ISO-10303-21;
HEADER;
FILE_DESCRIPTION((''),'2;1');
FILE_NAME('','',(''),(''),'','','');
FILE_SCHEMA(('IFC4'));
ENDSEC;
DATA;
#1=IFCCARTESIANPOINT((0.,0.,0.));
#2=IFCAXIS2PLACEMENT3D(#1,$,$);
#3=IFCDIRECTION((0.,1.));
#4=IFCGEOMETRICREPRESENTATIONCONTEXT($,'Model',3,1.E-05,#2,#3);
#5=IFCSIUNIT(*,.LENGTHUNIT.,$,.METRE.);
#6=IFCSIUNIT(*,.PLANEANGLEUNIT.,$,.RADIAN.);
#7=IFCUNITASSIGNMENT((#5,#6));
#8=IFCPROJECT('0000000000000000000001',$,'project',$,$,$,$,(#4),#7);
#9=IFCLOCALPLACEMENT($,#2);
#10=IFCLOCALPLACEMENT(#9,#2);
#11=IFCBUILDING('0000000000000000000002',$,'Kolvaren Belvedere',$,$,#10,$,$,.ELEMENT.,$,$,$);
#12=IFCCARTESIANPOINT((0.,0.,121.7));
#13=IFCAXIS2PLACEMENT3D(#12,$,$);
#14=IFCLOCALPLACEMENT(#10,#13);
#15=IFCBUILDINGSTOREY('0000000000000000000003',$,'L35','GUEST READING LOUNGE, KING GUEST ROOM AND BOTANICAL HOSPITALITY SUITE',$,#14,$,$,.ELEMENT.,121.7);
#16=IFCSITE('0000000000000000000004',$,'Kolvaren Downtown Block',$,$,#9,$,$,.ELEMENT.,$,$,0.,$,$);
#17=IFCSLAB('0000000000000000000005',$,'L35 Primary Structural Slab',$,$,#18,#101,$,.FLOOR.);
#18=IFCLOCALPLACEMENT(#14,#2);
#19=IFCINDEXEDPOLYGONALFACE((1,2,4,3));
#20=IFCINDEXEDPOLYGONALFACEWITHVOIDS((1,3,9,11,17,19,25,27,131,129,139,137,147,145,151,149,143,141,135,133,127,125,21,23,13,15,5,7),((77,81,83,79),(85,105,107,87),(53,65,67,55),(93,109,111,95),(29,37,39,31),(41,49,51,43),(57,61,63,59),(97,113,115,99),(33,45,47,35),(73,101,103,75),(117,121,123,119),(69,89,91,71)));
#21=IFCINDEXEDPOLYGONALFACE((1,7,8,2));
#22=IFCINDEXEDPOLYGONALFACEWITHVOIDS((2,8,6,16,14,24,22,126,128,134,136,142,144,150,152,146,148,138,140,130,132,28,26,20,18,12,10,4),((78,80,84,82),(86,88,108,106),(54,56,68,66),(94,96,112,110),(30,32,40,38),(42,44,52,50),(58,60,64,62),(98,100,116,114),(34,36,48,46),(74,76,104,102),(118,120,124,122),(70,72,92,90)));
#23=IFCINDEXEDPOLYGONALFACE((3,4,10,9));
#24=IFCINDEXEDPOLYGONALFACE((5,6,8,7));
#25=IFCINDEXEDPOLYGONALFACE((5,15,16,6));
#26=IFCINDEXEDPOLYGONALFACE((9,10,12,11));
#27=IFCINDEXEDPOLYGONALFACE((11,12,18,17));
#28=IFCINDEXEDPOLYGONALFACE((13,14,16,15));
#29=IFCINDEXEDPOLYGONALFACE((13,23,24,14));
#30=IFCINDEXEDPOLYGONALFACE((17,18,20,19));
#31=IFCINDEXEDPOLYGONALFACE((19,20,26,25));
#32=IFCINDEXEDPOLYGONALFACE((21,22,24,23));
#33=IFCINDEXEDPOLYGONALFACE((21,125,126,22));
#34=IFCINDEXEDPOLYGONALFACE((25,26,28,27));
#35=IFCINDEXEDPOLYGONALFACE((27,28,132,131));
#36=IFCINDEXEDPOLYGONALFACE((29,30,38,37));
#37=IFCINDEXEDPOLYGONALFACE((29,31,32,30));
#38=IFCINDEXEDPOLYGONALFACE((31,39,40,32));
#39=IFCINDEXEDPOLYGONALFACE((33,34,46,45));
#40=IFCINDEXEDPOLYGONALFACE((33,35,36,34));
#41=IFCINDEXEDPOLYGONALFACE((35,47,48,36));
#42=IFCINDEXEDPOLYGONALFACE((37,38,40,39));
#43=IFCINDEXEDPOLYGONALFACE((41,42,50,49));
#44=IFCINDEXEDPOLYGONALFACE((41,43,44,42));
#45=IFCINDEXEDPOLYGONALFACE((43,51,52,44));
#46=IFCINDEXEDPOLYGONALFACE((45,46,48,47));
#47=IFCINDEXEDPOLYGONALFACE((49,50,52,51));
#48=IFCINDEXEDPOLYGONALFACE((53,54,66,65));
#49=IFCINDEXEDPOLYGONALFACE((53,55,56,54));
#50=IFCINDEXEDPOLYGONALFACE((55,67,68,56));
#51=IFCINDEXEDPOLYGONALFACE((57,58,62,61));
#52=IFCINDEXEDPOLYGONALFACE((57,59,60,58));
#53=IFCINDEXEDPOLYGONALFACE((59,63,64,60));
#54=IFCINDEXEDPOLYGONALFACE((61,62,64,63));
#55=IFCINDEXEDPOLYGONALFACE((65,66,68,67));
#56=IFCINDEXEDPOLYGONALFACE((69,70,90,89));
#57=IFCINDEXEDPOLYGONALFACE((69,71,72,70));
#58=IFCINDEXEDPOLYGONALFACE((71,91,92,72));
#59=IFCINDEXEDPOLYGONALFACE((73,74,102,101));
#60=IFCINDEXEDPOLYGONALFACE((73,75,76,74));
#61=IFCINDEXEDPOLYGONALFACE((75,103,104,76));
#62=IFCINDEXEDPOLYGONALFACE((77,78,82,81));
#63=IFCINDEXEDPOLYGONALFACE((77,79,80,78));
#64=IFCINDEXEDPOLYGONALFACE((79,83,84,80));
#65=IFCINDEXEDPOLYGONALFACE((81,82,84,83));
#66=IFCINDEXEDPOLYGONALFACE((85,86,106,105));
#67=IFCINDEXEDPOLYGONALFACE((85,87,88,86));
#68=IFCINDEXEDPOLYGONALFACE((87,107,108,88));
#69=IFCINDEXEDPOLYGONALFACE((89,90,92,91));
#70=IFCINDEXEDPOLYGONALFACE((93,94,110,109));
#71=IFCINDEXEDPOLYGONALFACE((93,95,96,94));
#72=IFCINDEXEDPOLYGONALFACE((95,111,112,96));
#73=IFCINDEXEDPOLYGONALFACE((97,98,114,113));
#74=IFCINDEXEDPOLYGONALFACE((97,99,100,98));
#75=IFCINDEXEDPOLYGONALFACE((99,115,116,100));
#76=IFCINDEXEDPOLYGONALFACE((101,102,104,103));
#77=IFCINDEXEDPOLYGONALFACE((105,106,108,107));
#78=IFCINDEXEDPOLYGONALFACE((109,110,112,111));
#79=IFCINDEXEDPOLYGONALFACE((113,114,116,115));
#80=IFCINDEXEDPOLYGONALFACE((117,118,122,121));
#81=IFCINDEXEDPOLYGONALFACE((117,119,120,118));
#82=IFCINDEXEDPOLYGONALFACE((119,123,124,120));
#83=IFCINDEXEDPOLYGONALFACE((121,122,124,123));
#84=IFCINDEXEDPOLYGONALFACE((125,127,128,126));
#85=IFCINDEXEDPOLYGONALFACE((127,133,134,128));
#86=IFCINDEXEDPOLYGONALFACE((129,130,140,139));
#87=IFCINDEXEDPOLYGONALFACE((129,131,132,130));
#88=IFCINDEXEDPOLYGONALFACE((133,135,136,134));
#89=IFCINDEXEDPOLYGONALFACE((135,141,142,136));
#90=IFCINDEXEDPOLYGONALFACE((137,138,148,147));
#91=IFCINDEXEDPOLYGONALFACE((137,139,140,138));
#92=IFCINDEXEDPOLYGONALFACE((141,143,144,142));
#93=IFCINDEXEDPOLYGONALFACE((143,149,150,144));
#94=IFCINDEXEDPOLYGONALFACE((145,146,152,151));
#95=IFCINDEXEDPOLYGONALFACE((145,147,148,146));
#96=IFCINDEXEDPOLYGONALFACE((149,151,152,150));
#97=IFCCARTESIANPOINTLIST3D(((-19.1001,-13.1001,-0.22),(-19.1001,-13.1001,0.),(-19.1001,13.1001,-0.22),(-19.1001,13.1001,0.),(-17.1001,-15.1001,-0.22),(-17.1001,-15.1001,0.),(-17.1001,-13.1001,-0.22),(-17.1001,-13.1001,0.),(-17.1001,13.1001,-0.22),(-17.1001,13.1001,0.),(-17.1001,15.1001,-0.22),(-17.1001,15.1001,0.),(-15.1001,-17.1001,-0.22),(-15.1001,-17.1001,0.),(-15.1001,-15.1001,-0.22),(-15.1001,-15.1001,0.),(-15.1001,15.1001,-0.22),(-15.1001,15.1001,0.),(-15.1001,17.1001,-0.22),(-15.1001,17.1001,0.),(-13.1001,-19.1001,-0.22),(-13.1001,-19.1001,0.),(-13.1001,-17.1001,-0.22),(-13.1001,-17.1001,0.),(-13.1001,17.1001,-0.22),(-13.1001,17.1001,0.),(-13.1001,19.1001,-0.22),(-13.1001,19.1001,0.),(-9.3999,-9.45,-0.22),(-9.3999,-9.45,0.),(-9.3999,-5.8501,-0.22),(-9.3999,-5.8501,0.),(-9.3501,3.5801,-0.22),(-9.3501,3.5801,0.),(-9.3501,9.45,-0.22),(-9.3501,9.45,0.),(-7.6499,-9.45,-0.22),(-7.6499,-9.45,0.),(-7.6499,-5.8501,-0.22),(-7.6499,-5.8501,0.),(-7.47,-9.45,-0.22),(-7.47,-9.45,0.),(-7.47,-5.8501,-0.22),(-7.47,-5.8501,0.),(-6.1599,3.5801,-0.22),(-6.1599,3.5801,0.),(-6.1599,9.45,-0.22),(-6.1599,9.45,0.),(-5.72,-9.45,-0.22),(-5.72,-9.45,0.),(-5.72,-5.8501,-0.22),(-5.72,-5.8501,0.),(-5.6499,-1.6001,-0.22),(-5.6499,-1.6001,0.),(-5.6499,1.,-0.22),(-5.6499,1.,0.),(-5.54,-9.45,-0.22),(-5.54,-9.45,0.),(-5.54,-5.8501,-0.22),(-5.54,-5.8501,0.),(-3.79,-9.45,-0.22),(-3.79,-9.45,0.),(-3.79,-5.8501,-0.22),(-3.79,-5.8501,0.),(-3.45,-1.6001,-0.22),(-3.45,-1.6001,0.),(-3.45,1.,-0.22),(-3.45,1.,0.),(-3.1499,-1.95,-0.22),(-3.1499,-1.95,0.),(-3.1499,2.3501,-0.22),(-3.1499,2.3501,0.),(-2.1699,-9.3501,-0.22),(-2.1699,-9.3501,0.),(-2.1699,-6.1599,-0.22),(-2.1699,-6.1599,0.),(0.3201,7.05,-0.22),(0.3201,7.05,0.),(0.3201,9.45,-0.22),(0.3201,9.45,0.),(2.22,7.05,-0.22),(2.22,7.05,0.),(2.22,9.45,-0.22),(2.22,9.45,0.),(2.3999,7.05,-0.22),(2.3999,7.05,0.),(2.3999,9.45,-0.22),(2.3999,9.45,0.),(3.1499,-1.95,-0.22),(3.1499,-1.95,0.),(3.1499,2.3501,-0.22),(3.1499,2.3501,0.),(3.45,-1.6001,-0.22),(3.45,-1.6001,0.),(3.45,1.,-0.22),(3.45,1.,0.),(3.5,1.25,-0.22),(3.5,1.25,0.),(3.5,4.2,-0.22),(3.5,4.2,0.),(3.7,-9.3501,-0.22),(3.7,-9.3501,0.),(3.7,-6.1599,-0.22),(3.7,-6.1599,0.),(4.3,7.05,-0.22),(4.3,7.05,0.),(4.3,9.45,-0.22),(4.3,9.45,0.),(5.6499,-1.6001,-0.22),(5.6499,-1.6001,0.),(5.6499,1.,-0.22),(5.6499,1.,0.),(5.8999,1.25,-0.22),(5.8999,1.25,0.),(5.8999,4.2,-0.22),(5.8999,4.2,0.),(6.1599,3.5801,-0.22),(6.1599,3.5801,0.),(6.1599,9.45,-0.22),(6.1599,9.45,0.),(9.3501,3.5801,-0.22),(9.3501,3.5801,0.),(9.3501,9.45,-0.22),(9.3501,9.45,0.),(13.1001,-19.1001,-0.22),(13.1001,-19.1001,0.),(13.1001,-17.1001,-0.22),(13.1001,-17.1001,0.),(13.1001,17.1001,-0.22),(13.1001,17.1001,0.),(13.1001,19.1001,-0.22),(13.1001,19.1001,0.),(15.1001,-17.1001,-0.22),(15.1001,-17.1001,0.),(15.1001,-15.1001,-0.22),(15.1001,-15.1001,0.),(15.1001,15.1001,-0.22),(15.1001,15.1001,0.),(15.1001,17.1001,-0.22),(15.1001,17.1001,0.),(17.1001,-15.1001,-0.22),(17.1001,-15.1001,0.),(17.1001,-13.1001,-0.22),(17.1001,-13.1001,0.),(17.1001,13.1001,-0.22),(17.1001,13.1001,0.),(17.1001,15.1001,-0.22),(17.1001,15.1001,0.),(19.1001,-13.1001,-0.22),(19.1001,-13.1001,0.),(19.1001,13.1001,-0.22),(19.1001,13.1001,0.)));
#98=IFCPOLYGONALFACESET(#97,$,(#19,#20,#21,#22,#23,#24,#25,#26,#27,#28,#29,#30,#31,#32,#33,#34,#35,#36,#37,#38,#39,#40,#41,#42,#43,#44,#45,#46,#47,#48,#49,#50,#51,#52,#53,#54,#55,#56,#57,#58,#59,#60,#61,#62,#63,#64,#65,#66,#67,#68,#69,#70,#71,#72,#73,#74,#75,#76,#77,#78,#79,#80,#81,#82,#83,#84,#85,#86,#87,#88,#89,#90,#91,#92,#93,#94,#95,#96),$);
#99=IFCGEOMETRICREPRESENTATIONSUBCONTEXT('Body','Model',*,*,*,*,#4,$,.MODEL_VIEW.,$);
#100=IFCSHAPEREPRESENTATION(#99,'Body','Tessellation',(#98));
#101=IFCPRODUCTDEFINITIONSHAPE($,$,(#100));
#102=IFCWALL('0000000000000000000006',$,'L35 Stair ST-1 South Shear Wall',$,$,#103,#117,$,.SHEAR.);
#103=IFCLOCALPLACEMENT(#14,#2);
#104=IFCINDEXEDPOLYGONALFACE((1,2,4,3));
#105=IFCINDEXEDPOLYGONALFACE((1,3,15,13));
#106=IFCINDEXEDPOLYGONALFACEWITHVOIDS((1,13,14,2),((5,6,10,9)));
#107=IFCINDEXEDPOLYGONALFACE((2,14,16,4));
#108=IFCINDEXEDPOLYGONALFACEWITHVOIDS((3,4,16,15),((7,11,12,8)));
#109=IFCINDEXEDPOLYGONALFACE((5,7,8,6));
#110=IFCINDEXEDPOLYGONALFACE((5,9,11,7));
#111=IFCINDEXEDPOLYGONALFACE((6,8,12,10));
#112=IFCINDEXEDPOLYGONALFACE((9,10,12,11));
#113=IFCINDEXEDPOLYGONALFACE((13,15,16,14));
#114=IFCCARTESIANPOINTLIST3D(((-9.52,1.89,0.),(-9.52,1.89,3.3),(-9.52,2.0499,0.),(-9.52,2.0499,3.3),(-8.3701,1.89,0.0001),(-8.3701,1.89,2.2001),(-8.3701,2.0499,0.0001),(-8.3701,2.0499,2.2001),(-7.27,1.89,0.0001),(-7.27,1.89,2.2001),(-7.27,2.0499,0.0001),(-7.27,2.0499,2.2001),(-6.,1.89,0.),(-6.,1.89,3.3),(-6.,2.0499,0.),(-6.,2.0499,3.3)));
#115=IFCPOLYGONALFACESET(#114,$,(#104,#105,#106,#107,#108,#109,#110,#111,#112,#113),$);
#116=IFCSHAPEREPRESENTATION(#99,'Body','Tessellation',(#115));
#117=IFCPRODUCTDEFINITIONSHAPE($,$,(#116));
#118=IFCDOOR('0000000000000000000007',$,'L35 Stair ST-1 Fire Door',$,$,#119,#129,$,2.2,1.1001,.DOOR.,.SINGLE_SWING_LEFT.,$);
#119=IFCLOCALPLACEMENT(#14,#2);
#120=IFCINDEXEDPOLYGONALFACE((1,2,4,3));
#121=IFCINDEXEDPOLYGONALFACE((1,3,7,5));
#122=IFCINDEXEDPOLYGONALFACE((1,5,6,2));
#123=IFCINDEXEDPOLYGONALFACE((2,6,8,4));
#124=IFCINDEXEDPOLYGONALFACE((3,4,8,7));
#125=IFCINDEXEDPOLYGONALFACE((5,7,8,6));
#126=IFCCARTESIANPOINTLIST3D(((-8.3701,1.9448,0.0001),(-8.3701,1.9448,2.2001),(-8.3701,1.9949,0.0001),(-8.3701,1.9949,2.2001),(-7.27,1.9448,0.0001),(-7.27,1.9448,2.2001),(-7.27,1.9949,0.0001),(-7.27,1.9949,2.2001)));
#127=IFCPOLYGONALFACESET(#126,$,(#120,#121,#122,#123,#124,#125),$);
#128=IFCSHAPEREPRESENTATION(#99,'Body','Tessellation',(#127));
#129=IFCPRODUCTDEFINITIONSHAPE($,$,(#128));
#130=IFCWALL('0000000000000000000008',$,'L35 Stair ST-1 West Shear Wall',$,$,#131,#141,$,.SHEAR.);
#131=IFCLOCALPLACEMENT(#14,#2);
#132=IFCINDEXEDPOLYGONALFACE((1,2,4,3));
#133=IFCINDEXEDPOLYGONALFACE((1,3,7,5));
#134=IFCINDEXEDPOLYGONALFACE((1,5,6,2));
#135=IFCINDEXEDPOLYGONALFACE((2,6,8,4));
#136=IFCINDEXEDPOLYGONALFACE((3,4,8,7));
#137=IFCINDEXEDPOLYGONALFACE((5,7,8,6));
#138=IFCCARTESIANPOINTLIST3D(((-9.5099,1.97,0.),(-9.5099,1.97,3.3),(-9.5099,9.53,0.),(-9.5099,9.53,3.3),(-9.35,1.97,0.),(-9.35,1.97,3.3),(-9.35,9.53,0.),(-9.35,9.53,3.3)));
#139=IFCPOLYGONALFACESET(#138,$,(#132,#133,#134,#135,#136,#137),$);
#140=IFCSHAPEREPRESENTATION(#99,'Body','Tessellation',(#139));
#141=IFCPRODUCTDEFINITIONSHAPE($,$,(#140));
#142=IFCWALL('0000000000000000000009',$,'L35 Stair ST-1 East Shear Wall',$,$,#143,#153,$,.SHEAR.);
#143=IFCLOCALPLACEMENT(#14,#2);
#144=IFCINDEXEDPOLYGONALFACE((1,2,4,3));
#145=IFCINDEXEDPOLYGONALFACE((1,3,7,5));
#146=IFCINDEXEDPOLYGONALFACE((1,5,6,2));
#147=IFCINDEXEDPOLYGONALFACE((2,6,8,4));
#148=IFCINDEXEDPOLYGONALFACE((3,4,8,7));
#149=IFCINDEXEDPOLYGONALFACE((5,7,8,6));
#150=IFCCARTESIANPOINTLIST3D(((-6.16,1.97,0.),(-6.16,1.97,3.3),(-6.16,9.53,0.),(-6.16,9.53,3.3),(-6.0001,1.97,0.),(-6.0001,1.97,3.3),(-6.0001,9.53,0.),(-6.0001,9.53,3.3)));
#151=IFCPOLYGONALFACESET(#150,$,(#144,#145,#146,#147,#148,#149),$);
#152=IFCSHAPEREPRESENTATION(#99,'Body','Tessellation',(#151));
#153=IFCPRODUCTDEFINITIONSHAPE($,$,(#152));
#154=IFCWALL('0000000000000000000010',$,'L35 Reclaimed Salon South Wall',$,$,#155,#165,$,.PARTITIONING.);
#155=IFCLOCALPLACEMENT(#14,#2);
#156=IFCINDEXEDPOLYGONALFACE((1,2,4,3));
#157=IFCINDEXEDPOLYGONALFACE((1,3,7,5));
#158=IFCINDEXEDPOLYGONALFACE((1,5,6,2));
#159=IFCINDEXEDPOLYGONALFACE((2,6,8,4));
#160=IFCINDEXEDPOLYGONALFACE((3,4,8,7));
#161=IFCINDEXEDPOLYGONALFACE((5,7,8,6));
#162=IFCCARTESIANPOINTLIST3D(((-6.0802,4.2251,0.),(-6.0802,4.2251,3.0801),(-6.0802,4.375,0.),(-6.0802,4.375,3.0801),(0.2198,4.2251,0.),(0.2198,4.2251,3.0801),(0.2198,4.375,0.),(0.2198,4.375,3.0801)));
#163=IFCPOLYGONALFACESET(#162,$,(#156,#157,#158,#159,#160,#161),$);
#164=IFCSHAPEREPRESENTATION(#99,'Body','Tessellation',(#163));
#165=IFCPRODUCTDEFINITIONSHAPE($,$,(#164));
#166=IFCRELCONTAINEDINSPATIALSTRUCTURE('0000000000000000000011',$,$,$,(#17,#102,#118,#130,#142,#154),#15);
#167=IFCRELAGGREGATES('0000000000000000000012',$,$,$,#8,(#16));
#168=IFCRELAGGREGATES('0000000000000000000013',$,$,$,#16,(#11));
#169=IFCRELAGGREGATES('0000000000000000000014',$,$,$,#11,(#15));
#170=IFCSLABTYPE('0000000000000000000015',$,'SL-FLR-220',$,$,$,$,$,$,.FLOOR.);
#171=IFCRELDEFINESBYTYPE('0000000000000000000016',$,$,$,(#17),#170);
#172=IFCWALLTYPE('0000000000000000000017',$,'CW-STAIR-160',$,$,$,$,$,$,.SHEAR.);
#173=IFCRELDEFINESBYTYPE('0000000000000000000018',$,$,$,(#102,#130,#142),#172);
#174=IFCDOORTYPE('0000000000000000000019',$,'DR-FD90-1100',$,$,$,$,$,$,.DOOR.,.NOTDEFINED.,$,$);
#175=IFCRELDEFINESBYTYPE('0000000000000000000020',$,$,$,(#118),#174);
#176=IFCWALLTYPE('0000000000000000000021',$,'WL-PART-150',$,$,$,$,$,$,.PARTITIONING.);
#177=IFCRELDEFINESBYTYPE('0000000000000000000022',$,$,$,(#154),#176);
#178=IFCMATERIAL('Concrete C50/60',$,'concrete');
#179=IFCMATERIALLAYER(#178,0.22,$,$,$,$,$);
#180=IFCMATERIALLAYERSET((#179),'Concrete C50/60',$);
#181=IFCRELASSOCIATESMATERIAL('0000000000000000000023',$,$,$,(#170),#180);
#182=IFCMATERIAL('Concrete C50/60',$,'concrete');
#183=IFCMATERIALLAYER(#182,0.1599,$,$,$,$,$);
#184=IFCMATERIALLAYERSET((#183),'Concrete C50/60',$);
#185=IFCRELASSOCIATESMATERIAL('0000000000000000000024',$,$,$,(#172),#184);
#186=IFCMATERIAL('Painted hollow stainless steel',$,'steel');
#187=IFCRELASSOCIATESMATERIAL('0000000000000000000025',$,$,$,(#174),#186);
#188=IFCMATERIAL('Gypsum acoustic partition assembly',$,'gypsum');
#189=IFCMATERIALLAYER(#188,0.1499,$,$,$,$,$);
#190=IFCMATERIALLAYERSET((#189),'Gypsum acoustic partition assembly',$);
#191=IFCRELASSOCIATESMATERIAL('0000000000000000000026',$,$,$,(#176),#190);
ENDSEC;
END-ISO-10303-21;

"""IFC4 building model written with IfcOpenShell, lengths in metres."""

from ifc_helpers import new_model, si_unit, direction, frame, frame_2d, origin, place, context, subcontext, project, spatial, polyline, rectangle, outline, extrude, material, layer, layer_set, type_object, element, fill, save


model = new_model("IFC4")

# Units and contexts
model_context = context("Model", 3, precision=1e-05, world=origin(), true_north=direction((0.0, 1.0)))
body_context = subcontext(model_context, "Body", "Model", "MODEL_VIEW")
ifc_project = project(units=[si_unit("LENGTHUNIT", "METRE"), si_unit("PLANEANGLEUNIT", "RADIAN")], contexts=[model_context])

# Site, building, storey
site_placement = place(None, origin())
site = spatial("IfcSite", under=ifc_project, at=site_placement, Name="Kolvaren Downtown Block", CompositionType="ELEMENT", RefElevation=0.0)
building_placement = place(site_placement, origin())
building = spatial("IfcBuilding", under=site, at=building_placement, Name="Kolvaren Belvedere", CompositionType="ELEMENT")
storey_placement = place(building_placement, frame((0.0, 0.0, 121.7)))
storey = spatial("IfcBuildingStorey", under=building, at=storey_placement, Name="L35", Description="GUEST READING LOUNGE, KING GUEST ROOM AND BOTANICAL HOSPITALITY SUITE", CompositionType="ELEMENT", Elevation=121.7)

# Slab
ifc_material_1 = material(Name="Concrete C50/60", Category="concrete")
ifc_layer_1 = layer(ifc_material_1, 0.22)
ifc_layer_set_1 = layer_set([ifc_layer_1], Name="Concrete C50/60")
slab_type_1 = type_object("IfcSlabType", Name="SL-FLR-220", PredefinedType="FLOOR", material=ifc_layer_set_1)
slab_1_placement = place(storey_placement, frame((0.0, 0.0, -0.22)))
element("IfcSlab", 1, at=slab_1_placement, inside=storey, type_object=slab_type_1, Name="L35 Primary Structural Slab", PredefinedType="FLOOR", context=body_context, shape_type="SweptSolid", body=[
    extrude(outline(polyline([(-13.1001, -19.1001), (13.1001, -19.1001), (13.1001, -17.1001), (15.1001, -17.1001), (15.1001, -15.1001), (17.1001, -15.1001), (17.1001, -13.1001), (19.1001, -13.1001), (19.1001, 13.1001), (17.1001, 13.1001), (17.1001, 15.1001), (15.1001, 15.1001), (15.1001, 17.1001), (13.1001, 17.1001), (13.1001, 19.1001), (-13.1001, 19.1001), (-13.1001, 17.1001), (-15.1001, 17.1001), (-15.1001, 15.1001), (-17.1001, 15.1001), (-17.1001, 13.1001), (-19.1001, 13.1001), (-19.1001, -13.1001), (-17.1001, -13.1001), (-17.1001, -15.1001), (-15.1001, -15.1001), (-15.1001, -17.1001), (-13.1001, -17.1001), (-13.1001, -19.1001)]), holes=[polyline([(-9.3501, 3.5801), (-6.1599, 3.5801), (-6.1599, 9.45), (-9.3501, 9.45), (-9.3501, 3.5801)]), polyline([(6.1599, 3.5801), (9.3501, 3.5801), (9.3501, 9.45), (6.1599, 9.45), (6.1599, 3.5801)]), polyline([(-2.1699, -9.3501), (3.7, -9.3501), (3.7, -6.1599), (-2.1699, -6.1599), (-2.1699, -9.3501)]), polyline([(-5.6499, -1.6001), (-3.45, -1.6001), (-3.45, 1.0), (-5.6499, 1.0), (-5.6499, -1.6001)]), polyline([(3.5, 1.25), (5.8999, 1.25), (5.8999, 4.2), (3.5, 4.2), (3.5, 1.25)]), polyline([(3.45, -1.6001), (5.6499, -1.6001), (5.6499, 1.0), (3.45, 1.0), (3.45, -1.6001)]), polyline([(-9.3999, -9.45), (-7.6499, -9.45), (-7.6499, -5.8501), (-9.3999, -5.8501), (-9.3999, -9.45)]), polyline([(-7.47, -9.45), (-5.72, -9.45), (-5.72, -5.8501), (-7.47, -5.8501), (-7.47, -9.45)]), polyline([(-5.54, -9.45), (-3.79, -9.45), (-3.79, -5.8501), (-5.54, -5.8501), (-5.54, -9.45)]), polyline([(0.3201, 7.05), (2.22, 7.05), (2.22, 9.45), (0.3201, 9.45), (0.3201, 7.05)]), polyline([(2.3999, 7.05), (4.3, 7.05), (4.3, 9.45), (2.3999, 9.45), (2.3999, 7.05)]), polyline([(-3.1499, -1.95), (3.1499, -1.95), (3.1499, 2.3501), (-3.1499, 2.3501), (-3.1499, -1.95)])]), origin(), (0.0, 0.0, 1.0), 0.22),
])

# Wall, opening, door
ifc_material_2 = material(Name="Concrete C50/60", Category="concrete")
ifc_layer_2 = layer(ifc_material_2, 0.1599)
ifc_layer_set_2 = layer_set([ifc_layer_2], Name="Concrete C50/60")
wall_type_1 = type_object("IfcWallType", Name="CW-STAIR-160", PredefinedType="SHEAR", material=ifc_layer_set_2)
wall_1_placement = place(storey_placement, frame((-9.52, 1.97, 0.0), z_axis=(0.0, 0.0, 1.0), x_axis=(1.0, 0.0, 0.0)))
wall_1 = element("IfcWall", 2, at=wall_1_placement, inside=storey, type_object=wall_type_1, Name="L35 Stair ST-1 South Shear Wall", PredefinedType="SHEAR", context=body_context, shape_type="SweptSolid", body=[
    extrude(rectangle(XDim=3.52, YDim=0.1599, at=frame_2d((1.76, 0.0))), origin(), (0.0, 0.0, 1.0), 3.3),
])
opening_1_placement = place(wall_1_placement, frame((1.1499, 0.0, 0.0)))
opening_1 = element("IfcOpeningElement", 3, at=opening_1_placement, cuts=wall_1, PredefinedType="OPENING", context=body_context, shape_type="SweptSolid", body=[
    extrude(rectangle(XDim=1.1001, YDim=2.2, at=frame_2d((0.55, 1.1001))), frame((0.0, 0.0898, 0.0), z_axis=(0.0, -1.0, 0.0), x_axis=(1.0, 0.0, 0.0)), (0.0, 0.0, 1.0), 0.1799),
])
ifc_material_3 = material(Name="Painted hollow stainless steel", Category="steel")
door_type_1 = type_object("IfcDoorType", Name="DR-FD90-1100", OperationType="NOTDEFINED", PredefinedType="DOOR", material=ifc_material_3)
door_1_placement = place(opening_1_placement, origin())
door_1 = element("IfcDoor", 4, at=door_1_placement, inside=storey, type_object=door_type_1, Name="L35 Stair ST-1 Fire Door", OperationType="SINGLE_SWING_LEFT", OverallHeight=2.2, OverallWidth=1.1001, PredefinedType="DOOR", context=body_context, shape_type="SweptSolid", body=[
    extrude(rectangle(XDim=1.1001, YDim=2.2, at=frame_2d((0.55, 1.1001))), frame((0.0, 0.0249, 0.0), z_axis=(0.0, -1.0, 0.0), x_axis=(1.0, 0.0, 0.0)), (0.0, 0.0, 1.0), 0.05),
])
fill(opening_1, door_1)

# Walls
for number, where, z_axis, x_axis, name in (
    (5, (-9.4299, 1.97, 0.0), (0.0, 0.0, 1.0), (0.0, 1.0, 0.0), "L35 Stair ST-1 West Shear Wall"),
    (6, (-6.0801, 1.97, 0.0), (0.0, 0.0, 1.0), (0.0, 1.0, 0.0), "L35 Stair ST-1 East Shear Wall"),
):
    element("IfcWall", number, at=place(storey_placement, frame(where, z_axis=z_axis, x_axis=x_axis)), inside=storey, type_object=wall_type_1, Name=name, PredefinedType="SHEAR", context=body_context, shape_type="SweptSolid", body=[
        extrude(rectangle(XDim=7.5601, YDim=0.1599, at=frame_2d((3.78, 0.0))), origin(), (0.0, 0.0, 1.0), 3.3),
    ])
ifc_material_4 = material(Name="Gypsum acoustic partition assembly", Category="gypsum")
ifc_layer_3 = layer(ifc_material_4, 0.1499)
ifc_layer_set_3 = layer_set([ifc_layer_3], Name="Gypsum acoustic partition assembly")
wall_type_2 = type_object("IfcWallType", Name="WL-PART-150", PredefinedType="PARTITIONING", material=ifc_layer_set_3)
wall_2_placement = place(storey_placement, frame((-6.0801, 4.3, 0.0), z_axis=(0.0, 0.0, 1.0), x_axis=(1.0, 0.0, 0.0)))
element("IfcWall", 7, at=wall_2_placement, inside=storey, type_object=wall_type_2, Name="L35 Reclaimed Salon South Wall", PredefinedType="PARTITIONING", context=body_context, shape_type="SweptSolid", body=[
    extrude(rectangle(XDim=6.3, YDim=0.1499, at=frame_2d((3.1499, 0.0))), origin(), (0.0, 0.0, 1.0), 3.0801),
])

save(model, "model.ifc")
